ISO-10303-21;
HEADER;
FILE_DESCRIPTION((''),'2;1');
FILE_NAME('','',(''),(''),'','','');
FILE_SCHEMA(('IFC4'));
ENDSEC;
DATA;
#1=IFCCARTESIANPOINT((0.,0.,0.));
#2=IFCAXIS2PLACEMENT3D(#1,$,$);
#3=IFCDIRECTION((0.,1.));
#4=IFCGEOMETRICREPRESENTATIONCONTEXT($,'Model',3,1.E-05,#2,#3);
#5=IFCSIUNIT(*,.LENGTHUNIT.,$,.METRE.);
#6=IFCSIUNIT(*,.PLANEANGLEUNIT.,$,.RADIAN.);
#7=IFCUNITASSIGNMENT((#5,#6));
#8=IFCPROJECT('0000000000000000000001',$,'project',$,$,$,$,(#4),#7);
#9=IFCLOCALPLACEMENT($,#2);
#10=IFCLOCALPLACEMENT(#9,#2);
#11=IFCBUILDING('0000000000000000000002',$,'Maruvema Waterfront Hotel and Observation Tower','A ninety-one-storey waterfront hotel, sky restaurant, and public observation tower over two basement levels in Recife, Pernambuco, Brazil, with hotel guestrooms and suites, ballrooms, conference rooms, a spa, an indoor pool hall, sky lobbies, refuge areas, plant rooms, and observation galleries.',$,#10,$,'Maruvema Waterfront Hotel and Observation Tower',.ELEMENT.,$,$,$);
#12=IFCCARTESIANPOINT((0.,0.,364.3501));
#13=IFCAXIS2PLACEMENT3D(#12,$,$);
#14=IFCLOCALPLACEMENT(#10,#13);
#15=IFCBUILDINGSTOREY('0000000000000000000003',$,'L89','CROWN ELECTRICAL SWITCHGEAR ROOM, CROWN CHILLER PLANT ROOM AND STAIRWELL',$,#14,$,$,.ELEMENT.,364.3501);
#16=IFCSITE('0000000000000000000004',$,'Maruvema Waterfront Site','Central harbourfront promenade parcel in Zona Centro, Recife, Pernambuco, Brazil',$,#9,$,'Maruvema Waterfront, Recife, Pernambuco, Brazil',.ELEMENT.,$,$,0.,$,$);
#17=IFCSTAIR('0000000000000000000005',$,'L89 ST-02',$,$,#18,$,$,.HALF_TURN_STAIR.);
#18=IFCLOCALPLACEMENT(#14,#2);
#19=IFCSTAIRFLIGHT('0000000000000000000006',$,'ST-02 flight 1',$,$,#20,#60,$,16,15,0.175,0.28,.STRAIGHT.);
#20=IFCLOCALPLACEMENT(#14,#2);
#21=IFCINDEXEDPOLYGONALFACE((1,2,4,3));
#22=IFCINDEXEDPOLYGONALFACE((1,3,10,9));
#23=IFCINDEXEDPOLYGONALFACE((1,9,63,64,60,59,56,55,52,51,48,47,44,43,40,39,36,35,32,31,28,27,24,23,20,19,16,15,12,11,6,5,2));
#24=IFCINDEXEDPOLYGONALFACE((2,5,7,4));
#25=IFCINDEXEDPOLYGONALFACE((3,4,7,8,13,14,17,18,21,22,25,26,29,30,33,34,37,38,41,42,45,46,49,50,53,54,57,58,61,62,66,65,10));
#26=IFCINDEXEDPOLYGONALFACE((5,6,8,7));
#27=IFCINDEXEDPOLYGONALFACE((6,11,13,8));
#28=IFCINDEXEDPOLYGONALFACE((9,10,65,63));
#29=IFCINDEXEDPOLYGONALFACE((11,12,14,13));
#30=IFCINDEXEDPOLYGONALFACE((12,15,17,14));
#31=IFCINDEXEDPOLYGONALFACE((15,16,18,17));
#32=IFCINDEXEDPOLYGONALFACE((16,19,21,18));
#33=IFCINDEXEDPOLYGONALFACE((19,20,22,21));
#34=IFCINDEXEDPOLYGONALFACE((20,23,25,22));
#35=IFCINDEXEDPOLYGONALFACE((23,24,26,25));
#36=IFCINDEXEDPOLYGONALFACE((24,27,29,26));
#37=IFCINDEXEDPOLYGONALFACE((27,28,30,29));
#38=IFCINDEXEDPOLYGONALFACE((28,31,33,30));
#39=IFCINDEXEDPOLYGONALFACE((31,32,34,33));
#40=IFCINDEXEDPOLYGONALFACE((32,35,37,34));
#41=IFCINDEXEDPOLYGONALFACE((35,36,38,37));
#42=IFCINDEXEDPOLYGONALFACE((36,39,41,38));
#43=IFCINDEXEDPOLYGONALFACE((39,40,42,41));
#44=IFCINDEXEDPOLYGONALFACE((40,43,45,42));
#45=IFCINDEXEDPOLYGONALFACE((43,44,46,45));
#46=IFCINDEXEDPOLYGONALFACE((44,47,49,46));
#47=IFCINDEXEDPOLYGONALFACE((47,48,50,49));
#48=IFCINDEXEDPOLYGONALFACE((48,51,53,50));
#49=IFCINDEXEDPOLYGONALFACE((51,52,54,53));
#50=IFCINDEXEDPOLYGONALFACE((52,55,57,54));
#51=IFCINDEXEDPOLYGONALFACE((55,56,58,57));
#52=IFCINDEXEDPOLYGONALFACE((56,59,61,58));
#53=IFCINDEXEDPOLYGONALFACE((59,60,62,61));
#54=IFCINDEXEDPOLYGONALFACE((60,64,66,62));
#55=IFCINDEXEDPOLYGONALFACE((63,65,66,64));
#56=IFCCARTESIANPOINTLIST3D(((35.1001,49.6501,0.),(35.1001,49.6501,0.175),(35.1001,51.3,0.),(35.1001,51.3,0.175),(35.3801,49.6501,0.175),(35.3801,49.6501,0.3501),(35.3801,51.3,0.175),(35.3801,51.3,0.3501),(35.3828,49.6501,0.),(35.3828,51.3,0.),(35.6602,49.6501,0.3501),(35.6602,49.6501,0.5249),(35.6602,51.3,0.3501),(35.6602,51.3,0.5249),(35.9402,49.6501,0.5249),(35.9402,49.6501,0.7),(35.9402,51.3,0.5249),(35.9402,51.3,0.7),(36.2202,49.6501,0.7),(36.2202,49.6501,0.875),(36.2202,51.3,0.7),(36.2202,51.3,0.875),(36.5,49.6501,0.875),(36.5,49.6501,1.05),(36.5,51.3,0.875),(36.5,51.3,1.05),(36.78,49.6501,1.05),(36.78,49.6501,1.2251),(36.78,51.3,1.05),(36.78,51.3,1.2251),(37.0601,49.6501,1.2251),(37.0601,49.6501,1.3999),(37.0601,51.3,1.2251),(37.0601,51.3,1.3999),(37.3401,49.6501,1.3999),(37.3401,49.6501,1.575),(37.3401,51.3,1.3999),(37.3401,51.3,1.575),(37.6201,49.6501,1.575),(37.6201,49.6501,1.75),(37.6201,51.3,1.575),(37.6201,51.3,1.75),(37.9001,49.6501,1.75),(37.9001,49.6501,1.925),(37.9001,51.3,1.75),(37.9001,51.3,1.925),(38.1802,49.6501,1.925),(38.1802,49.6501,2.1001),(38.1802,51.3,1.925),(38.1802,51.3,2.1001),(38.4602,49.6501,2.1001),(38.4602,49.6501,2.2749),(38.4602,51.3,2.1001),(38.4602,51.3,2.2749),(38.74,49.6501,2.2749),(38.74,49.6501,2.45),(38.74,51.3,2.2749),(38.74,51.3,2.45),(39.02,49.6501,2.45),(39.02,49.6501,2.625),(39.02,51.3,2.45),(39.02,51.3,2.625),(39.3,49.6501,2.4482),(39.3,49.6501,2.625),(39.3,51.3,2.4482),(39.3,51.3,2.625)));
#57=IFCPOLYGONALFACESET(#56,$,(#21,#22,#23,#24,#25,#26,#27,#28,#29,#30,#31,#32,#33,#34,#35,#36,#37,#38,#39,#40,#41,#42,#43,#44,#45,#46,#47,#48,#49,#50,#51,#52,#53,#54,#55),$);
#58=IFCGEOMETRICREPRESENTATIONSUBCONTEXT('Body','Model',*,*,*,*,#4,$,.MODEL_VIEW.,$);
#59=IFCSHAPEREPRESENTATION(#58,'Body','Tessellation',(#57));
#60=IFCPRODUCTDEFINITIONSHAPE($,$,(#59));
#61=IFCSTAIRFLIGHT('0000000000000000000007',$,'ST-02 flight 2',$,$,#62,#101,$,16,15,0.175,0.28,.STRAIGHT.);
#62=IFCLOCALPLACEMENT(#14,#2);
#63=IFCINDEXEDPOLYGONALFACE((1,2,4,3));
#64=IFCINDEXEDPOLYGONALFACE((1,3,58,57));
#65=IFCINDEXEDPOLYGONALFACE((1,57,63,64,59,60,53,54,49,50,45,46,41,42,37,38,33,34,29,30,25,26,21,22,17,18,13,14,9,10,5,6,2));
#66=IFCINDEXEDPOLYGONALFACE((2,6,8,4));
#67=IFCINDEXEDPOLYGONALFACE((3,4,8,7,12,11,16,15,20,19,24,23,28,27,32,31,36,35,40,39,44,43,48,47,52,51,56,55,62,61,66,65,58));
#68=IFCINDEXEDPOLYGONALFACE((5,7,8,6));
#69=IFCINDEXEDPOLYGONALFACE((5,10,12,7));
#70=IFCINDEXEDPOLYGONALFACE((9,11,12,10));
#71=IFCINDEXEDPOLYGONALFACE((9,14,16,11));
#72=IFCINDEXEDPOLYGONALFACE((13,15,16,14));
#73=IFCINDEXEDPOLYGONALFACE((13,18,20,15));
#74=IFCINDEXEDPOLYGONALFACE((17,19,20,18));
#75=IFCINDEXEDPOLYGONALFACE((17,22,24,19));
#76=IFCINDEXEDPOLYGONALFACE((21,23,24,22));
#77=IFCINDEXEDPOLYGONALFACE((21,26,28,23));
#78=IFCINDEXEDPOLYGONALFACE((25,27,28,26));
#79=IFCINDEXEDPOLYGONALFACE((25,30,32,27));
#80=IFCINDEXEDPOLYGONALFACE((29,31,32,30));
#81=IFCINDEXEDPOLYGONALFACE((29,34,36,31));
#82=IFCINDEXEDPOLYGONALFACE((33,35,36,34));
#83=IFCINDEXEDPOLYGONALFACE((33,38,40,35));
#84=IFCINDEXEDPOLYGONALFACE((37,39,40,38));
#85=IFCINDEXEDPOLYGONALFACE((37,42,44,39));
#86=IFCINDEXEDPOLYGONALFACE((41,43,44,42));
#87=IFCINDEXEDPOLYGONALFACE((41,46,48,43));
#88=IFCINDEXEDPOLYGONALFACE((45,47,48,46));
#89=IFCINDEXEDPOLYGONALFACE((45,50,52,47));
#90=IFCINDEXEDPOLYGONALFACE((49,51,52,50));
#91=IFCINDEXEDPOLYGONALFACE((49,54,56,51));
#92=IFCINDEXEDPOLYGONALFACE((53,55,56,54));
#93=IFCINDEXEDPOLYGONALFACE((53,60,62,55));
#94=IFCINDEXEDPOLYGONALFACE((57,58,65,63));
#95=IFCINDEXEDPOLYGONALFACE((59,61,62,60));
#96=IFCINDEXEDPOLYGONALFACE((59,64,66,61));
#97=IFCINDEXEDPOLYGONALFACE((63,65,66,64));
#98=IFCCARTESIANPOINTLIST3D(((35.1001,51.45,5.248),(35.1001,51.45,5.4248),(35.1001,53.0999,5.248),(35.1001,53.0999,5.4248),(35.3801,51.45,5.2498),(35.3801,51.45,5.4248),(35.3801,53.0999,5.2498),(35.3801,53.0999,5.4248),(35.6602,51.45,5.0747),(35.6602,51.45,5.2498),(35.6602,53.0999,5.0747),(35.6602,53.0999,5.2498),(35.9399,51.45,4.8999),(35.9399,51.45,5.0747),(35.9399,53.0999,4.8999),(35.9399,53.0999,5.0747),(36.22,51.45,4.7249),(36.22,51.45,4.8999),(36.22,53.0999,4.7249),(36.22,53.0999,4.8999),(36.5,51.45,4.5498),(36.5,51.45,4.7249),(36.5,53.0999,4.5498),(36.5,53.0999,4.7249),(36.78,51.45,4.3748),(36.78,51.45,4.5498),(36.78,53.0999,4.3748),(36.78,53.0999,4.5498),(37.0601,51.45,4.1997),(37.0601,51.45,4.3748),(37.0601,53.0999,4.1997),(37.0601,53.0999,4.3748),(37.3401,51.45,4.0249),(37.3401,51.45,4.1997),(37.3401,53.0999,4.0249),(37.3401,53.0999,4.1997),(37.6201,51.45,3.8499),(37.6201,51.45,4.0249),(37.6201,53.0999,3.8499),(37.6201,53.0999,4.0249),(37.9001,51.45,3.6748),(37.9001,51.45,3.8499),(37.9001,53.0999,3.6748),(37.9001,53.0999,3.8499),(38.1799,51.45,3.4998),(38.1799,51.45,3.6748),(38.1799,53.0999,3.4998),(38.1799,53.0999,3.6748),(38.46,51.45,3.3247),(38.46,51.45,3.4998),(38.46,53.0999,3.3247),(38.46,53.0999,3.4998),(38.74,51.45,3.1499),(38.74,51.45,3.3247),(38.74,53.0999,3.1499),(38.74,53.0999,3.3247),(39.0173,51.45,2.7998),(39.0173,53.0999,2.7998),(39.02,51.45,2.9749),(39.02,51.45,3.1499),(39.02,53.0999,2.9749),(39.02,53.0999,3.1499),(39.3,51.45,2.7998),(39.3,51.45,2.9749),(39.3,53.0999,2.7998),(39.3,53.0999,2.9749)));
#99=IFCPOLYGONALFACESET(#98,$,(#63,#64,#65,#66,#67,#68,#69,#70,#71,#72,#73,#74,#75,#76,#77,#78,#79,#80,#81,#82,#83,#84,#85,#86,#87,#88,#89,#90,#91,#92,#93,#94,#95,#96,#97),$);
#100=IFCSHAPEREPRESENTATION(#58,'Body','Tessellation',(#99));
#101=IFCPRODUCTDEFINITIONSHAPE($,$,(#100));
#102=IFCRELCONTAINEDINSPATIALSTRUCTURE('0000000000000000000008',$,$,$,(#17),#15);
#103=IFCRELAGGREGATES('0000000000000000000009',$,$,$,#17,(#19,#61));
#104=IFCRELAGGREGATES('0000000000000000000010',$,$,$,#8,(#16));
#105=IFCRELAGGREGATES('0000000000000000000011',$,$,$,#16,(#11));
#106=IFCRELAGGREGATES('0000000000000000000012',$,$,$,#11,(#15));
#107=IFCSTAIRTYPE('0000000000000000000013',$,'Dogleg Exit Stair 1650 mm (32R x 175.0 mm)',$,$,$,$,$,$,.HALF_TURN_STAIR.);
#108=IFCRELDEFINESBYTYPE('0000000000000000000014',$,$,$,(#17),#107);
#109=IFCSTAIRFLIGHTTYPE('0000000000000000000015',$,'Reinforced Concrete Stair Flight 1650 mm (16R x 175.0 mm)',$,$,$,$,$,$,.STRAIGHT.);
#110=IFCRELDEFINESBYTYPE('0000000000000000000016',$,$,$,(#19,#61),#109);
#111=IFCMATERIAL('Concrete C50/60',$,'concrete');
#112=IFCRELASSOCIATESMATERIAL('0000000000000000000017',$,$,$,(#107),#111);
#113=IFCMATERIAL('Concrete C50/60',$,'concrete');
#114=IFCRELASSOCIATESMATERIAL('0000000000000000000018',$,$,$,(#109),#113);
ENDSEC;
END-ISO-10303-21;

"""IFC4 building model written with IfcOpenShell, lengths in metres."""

from ifc_helpers import new_model, si_unit, direction, frame, origin, place, context, subcontext, project, spatial, polyline, outline, extrude, material, type_object, element, aggregate, save


model = new_model("IFC4")

# Units and contexts
model_context = context("Model", 3, precision=1e-05, world=origin(), true_north=direction((0.0, 1.0)))
body_context = subcontext(model_context, "Body", "Model", "MODEL_VIEW")
ifc_project = project(units=[si_unit("LENGTHUNIT", "METRE"), si_unit("PLANEANGLEUNIT", "RADIAN")], contexts=[model_context])

# Site, building, storey
site_placement = place(None, origin())
site = spatial("IfcSite", under=ifc_project, at=site_placement, Name="Maruvema Waterfront Site", Description="Central harbourfront promenade parcel in Zona Centro, Recife, Pernambuco, Brazil", LongName="Maruvema Waterfront, Recife, Pernambuco, Brazil", CompositionType="ELEMENT", RefElevation=0.0)
building_placement = place(site_placement, origin())
building = spatial("IfcBuilding", under=site, at=building_placement, Name="Maruvema Waterfront Hotel and Observation Tower", Description="A ninety-one-storey waterfront hotel, sky restaurant, and public observation tower over two basement levels in Recife, Pernambuco, Brazil, with hotel guestrooms and suites, ballrooms, conference rooms, a spa, an indoor pool hall, sky lobbies, refuge areas, plant rooms, and observation galleries.", LongName="Maruvema Waterfront Hotel and Observation Tower", CompositionType="ELEMENT")
storey_placement = place(building_placement, frame((0.0, 0.0, 364.3501)))
storey = spatial("IfcBuildingStorey", under=building, at=storey_placement, Name="L89", Description="CROWN ELECTRICAL SWITCHGEAR ROOM, CROWN CHILLER PLANT ROOM AND STAIRWELL", CompositionType="ELEMENT", Elevation=364.3501)

# Stair, stair flights
ifc_material_1 = material(Name="Concrete C50/60", Category="concrete")
stair_type = type_object("IfcStairType", Name="Dogleg Exit Stair 1650 mm (32R x 175.0 mm)", PredefinedType="HALF_TURN_STAIR", material=ifc_material_1)
stair_placement = place(storey_placement, origin())
stair = element("IfcStair", 1, at=stair_placement, inside=storey, type_object=stair_type, Name="L89 ST-02", PredefinedType="HALF_TURN_STAIR")
ifc_material_2 = material(Name="Concrete C50/60", Category="concrete")
stair_flight_type = type_object("IfcStairFlightType", Name="Reinforced Concrete Stair Flight 1650 mm (16R x 175.0 mm)", PredefinedType="STRAIGHT", material=ifc_material_2)
stair_flight_1_placement = place(storey_placement, frame((35.1001, 50.4751, 0.0), z_axis=(0.0, 0.0, 1.0), x_axis=(1.0, 0.0, 0.0)))
stair_flight_1 = element("IfcStairFlight", 2, at=stair_flight_1_placement, type_object=stair_flight_type, Name="ST-02 flight 1", NumberOfRisers=16, NumberOfTreads=15, PredefinedType="STRAIGHT", RiserHeight=0.175, TreadLength=0.28, context=body_context, shape_type="SweptSolid", body=[
    extrude(outline(polyline([(0.0, 0.0), (0.0, 0.175), (0.28, 0.175), (0.28, 0.3501), (0.5601, 0.3501), (0.5601, 0.5249), (0.8401, 0.5249), (0.8401, 0.7), (1.1201, 0.7), (1.1201, 0.875), (1.3999, 0.875), (1.3999, 1.05), (1.6799, 1.05), (1.6799, 1.2251), (1.96, 1.2251), (1.96, 1.3999), (2.24, 1.3999), (2.24, 1.575), (2.52, 1.575), (2.52, 1.75), (2.8, 1.75), (2.8, 1.925), (3.0801, 1.925), (3.0801, 2.1001), (3.3601, 2.1001), (3.3601, 2.2749), (3.6399, 2.2749), (3.6399, 2.45), (3.9199, 2.45), (3.9199, 2.625), (4.2, 2.625), (4.2, 2.8), (4.2, 2.4482), (0.2827, 0.0), (0.0, 0.0)])), frame((0.0, 0.825, 0.0), z_axis=(0.0, -1.0, 0.0), x_axis=(1.0, 0.0, 0.0)), (0.0, 0.0, 1.0), 1.6499),
])
stair_flight_2_placement = place(storey_placement, frame((39.3, 52.2749, 2.7998), z_axis=(0.0, 0.0, 1.0), x_axis=(-1.0, 0.0, 0.0)))
stair_flight_2 = element("IfcStairFlight", 3, at=stair_flight_2_placement, type_object=stair_flight_type, Name="ST-02 flight 2", NumberOfRisers=16, NumberOfTreads=15, PredefinedType="STRAIGHT", RiserHeight=0.175, TreadLength=0.28, context=body_context, shape_type="SweptSolid", body=[
    extrude(outline(polyline([(0.0, 0.0), (0.0, 0.175), (0.28, 0.175), (0.28, 0.3501), (0.5601, 0.3501), (0.5601, 0.5249), (0.8401, 0.5249), (0.8401, 0.7), (1.1201, 0.7), (1.1201, 0.875), (1.3999, 0.875), (1.3999, 1.05), (1.6799, 1.05), (1.6799, 1.2251), (1.96, 1.2251), (1.96, 1.3999), (2.24, 1.3999), (2.24, 1.575), (2.52, 1.575), (2.52, 1.75), (2.8, 1.75), (2.8, 1.925), (3.0801, 1.925), (3.0801, 2.1001), (3.3601, 2.1001), (3.3601, 2.2749), (3.6399, 2.2749), (3.6399, 2.45), (3.9199, 2.45), (3.9199, 2.625), (4.2, 2.625), (4.2, 2.8), (4.2, 2.4482), (0.2827, 0.0), (0.0, 0.0)])), frame((0.0, 0.825, 0.0), z_axis=(0.0, -1.0, 0.0), x_axis=(1.0, 0.0, 0.0)), (0.0, 0.0, 1.0), 1.6499),
])
aggregate(stair, [stair_flight_1, stair_flight_2])

save(model, "model.ifc")
